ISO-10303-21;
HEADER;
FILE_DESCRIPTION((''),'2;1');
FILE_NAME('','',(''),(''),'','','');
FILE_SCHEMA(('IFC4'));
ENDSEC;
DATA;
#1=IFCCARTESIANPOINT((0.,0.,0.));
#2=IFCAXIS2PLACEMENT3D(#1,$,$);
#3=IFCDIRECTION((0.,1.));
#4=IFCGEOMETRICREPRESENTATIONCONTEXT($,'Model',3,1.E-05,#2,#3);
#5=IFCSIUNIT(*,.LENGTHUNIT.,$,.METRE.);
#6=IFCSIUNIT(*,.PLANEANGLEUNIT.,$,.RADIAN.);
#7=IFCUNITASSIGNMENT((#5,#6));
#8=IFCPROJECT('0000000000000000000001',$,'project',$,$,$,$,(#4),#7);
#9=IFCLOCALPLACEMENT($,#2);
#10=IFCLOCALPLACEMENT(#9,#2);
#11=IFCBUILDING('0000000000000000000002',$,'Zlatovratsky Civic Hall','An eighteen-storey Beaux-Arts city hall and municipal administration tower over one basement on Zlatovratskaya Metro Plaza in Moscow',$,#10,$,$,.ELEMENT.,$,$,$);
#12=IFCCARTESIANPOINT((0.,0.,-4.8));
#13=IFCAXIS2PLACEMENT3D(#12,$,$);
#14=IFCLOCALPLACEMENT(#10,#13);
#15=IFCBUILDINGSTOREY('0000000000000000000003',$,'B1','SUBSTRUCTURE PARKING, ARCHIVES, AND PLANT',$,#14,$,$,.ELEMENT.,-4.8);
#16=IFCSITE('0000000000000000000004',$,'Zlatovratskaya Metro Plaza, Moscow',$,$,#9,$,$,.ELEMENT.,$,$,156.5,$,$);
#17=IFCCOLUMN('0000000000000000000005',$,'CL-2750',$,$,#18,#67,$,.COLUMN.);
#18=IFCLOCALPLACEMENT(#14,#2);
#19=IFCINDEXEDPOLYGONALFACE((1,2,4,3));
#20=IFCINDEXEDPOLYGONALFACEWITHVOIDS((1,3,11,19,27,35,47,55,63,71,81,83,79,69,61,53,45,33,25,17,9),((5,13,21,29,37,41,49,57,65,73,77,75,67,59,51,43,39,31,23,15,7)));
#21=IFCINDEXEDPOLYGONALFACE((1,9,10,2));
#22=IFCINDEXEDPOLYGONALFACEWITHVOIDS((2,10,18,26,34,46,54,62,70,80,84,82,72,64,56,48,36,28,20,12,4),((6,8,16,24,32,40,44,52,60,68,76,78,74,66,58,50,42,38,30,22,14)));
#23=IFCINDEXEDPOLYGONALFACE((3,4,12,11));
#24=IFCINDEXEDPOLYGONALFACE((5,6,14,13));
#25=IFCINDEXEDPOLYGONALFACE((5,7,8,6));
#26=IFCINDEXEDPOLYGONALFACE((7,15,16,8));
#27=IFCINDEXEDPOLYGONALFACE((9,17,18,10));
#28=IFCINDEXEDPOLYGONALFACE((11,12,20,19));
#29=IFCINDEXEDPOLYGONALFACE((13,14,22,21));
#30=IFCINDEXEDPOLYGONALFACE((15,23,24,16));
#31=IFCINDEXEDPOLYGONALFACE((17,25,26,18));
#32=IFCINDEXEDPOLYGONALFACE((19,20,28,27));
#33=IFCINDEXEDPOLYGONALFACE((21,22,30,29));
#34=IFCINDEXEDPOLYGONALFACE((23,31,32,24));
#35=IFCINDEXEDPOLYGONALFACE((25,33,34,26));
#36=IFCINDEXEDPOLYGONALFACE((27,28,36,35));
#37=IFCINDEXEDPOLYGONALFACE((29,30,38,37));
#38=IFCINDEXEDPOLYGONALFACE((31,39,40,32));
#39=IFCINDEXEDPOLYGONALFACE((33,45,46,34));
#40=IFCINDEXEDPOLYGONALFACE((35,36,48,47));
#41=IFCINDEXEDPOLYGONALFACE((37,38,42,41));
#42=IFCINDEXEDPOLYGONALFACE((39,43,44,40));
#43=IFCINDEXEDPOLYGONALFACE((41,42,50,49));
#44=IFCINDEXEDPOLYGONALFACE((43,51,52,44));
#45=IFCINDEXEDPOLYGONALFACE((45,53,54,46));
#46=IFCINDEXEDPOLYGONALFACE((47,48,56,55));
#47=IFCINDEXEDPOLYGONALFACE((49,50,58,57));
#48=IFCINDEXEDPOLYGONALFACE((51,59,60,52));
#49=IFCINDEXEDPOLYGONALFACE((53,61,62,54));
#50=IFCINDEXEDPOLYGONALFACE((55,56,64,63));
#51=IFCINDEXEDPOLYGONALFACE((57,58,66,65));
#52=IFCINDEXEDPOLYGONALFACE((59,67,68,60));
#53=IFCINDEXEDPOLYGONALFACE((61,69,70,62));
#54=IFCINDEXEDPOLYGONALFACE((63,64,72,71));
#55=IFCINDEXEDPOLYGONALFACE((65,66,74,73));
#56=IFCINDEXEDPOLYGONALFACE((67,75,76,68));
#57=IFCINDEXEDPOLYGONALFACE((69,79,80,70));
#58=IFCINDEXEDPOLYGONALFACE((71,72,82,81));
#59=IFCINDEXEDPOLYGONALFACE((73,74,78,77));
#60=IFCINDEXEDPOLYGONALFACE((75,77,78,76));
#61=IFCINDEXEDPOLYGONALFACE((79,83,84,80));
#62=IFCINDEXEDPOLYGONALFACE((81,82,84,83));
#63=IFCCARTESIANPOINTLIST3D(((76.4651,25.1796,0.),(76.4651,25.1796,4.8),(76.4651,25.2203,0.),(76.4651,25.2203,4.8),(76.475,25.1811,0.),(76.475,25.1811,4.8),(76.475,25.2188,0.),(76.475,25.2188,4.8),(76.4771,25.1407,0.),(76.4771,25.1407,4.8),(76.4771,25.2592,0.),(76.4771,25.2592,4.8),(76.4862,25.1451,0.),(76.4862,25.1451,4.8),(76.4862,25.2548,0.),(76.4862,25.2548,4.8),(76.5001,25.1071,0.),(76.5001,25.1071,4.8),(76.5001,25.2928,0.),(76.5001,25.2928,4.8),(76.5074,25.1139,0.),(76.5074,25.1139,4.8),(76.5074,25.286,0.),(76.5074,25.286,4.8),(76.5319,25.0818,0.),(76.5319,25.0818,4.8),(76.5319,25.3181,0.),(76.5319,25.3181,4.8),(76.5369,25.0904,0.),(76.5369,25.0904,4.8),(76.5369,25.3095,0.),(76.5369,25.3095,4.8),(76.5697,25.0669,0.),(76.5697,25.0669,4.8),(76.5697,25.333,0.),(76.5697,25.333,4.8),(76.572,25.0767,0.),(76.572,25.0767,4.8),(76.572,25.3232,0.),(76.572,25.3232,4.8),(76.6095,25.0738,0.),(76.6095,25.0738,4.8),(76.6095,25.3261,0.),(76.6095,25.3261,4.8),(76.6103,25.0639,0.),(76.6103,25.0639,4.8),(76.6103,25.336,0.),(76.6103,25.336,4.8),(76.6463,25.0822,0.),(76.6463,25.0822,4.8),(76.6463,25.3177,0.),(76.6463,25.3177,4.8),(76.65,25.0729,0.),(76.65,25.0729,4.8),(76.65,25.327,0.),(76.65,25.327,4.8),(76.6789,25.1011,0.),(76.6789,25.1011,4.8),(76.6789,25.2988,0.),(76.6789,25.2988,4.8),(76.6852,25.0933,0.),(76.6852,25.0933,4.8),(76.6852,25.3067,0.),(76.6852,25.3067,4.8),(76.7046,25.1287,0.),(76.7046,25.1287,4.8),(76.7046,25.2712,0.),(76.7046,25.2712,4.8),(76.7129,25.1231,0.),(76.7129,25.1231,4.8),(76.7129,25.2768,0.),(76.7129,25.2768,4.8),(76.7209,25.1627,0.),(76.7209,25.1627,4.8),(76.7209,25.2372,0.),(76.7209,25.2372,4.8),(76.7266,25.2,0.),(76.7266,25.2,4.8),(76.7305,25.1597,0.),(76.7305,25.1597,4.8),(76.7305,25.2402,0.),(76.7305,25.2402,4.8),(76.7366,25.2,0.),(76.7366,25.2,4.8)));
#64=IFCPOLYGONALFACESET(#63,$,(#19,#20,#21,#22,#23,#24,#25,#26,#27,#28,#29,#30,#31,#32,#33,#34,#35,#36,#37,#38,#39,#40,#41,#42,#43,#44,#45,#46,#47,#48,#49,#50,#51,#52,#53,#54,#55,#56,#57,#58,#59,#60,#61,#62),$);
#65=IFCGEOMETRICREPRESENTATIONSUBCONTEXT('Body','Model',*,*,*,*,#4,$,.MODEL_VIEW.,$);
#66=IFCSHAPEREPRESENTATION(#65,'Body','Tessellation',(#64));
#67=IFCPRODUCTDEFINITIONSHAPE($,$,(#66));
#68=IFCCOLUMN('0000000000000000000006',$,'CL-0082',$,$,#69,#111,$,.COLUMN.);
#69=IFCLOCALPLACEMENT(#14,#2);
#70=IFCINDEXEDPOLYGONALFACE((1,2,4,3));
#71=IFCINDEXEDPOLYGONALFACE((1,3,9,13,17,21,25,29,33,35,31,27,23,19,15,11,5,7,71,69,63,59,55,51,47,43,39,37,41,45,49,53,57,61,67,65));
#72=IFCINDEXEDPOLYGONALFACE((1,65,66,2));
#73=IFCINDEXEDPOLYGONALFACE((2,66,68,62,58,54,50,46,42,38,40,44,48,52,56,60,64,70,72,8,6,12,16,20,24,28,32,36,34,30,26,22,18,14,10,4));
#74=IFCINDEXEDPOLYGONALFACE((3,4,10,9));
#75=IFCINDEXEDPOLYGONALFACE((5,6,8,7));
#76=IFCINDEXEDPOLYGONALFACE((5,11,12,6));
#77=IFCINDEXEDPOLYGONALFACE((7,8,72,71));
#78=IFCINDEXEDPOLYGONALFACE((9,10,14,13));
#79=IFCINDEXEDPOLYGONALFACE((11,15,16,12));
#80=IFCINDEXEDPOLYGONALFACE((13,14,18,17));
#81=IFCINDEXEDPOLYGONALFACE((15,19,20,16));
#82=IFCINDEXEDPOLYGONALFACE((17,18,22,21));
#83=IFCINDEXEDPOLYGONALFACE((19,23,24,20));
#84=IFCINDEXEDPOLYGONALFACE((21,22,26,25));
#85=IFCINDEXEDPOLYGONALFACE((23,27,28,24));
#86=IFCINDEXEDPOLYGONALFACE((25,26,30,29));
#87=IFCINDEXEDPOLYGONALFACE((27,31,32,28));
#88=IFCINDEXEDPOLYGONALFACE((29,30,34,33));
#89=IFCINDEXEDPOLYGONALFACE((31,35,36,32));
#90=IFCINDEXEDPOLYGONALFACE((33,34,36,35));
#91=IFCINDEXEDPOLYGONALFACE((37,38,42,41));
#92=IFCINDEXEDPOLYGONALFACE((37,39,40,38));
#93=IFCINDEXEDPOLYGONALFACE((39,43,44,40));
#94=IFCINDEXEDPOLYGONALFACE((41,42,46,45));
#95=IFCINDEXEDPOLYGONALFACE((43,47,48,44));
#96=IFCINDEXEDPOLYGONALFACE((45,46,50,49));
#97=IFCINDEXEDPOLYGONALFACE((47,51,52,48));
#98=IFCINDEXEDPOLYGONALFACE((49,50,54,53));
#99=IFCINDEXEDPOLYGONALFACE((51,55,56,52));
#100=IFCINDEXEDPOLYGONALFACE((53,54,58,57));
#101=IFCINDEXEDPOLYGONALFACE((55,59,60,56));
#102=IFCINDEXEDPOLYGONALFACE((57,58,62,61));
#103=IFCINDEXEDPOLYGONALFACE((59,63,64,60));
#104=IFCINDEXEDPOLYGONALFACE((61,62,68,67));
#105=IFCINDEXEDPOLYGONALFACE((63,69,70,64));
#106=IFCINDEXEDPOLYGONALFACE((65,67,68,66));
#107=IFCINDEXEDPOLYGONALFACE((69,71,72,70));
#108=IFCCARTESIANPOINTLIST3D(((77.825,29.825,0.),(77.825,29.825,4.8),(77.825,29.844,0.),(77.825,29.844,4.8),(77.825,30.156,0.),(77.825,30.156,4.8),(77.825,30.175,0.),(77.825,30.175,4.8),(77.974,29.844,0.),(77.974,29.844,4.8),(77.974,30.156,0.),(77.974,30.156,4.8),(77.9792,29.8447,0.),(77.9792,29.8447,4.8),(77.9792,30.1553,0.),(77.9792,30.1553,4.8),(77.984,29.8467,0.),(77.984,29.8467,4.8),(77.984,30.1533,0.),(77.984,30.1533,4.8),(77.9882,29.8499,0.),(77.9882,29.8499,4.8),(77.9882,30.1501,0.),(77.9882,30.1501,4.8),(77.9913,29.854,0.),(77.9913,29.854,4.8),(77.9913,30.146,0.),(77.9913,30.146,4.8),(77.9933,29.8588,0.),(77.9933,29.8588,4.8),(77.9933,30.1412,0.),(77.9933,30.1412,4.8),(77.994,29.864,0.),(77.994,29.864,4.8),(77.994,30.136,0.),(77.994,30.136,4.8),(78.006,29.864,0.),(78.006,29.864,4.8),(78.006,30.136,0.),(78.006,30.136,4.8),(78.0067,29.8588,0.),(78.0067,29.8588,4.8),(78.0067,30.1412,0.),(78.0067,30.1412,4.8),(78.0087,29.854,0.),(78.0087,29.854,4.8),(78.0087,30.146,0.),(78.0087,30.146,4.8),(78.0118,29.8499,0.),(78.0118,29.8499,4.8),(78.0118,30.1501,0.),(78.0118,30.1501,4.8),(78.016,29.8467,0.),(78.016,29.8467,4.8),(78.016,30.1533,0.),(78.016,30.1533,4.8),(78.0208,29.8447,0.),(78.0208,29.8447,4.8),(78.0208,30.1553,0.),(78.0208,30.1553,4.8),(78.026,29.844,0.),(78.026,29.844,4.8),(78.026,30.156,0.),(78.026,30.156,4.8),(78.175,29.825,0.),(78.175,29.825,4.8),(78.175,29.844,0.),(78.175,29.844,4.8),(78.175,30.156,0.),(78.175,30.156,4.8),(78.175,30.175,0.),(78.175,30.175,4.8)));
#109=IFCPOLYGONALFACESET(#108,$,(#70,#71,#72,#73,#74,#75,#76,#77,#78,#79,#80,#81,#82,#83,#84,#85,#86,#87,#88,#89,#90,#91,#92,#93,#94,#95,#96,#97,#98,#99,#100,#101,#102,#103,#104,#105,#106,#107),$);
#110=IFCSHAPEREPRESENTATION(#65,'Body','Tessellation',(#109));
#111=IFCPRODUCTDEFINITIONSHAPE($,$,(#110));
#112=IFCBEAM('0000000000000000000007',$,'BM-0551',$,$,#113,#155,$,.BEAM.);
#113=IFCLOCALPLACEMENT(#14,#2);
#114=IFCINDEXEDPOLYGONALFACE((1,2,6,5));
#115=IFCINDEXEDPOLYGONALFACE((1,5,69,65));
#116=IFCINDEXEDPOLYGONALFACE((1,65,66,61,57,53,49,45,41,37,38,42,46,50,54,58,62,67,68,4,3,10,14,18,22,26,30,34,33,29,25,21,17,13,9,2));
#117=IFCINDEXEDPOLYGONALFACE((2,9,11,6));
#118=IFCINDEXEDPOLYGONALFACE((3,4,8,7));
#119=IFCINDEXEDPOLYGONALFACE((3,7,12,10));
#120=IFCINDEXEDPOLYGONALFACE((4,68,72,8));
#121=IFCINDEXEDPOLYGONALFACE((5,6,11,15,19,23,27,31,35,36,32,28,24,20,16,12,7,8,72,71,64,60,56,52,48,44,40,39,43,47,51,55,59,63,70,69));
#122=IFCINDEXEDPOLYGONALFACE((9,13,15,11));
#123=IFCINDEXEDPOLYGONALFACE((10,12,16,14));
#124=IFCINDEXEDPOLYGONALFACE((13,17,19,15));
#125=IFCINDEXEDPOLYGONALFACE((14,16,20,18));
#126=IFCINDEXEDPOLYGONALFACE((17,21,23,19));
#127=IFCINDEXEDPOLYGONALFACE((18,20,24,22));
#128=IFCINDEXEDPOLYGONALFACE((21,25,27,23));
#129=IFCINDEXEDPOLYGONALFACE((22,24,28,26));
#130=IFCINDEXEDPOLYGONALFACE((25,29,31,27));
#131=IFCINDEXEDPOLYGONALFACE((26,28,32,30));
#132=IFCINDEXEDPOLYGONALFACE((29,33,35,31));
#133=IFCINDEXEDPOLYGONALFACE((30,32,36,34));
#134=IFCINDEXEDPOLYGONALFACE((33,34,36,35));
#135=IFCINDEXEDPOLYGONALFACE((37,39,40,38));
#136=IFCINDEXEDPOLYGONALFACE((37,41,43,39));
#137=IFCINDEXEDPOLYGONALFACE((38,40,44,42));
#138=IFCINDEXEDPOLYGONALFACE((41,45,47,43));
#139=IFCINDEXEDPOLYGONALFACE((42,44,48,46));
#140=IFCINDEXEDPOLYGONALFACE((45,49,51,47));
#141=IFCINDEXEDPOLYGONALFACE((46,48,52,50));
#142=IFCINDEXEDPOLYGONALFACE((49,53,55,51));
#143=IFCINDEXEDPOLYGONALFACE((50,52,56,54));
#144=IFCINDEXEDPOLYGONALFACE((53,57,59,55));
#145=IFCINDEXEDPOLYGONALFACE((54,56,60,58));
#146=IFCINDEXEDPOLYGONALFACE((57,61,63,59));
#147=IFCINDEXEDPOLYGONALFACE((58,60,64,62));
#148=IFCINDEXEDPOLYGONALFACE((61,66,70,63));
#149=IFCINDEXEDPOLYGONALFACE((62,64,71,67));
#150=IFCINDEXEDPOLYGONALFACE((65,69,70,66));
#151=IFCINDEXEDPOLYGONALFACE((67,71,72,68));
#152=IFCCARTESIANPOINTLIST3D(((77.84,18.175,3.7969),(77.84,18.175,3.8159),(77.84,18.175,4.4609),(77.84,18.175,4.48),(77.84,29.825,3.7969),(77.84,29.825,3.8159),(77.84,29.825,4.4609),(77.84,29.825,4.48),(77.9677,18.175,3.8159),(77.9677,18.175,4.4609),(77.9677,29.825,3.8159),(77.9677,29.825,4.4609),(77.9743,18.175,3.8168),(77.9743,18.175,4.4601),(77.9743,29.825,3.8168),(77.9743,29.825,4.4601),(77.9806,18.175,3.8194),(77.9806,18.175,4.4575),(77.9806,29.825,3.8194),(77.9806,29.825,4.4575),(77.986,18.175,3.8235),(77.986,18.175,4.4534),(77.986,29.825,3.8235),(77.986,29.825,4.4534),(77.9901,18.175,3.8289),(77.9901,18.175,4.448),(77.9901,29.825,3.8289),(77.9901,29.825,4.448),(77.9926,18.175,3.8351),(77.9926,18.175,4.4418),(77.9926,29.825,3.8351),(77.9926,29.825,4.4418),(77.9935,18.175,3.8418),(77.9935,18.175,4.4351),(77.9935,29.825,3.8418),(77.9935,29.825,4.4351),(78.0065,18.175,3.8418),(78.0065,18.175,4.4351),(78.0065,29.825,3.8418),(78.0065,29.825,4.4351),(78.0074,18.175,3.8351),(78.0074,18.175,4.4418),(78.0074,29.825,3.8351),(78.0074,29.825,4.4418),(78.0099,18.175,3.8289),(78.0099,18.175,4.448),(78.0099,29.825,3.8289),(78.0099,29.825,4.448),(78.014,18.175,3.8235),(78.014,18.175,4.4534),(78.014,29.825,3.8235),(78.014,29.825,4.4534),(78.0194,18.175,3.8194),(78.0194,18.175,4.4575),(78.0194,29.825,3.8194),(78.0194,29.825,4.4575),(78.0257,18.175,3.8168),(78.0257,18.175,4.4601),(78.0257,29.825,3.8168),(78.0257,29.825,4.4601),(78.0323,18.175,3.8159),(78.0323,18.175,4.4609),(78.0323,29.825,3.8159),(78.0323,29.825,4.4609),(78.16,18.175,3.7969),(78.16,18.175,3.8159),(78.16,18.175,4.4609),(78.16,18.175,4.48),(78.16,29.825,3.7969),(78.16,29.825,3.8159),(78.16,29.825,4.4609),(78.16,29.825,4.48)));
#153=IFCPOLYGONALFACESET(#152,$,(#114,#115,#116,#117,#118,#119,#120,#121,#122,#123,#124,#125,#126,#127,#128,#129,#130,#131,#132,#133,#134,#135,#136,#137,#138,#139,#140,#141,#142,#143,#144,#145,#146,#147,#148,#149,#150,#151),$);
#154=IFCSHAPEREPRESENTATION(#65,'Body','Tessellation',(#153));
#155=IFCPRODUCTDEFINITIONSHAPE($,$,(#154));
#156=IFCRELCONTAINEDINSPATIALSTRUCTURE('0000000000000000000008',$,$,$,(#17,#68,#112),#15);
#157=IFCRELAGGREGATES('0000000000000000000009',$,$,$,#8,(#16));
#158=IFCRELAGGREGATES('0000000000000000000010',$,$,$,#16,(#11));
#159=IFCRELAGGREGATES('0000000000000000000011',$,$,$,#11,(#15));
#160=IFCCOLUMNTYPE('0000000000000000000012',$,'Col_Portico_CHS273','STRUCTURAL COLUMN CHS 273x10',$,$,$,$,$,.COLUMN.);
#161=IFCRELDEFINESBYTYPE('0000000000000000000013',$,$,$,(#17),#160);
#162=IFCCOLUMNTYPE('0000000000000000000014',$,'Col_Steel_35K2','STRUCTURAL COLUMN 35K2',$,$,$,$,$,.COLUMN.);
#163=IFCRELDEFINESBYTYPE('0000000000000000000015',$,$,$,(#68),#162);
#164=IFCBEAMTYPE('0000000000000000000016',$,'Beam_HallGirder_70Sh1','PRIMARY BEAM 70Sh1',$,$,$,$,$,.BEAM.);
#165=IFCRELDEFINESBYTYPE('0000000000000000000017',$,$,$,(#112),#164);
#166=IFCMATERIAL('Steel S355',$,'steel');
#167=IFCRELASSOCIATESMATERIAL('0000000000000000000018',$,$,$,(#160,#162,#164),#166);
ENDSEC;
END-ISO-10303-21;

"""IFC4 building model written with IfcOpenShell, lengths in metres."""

from ifc_helpers import new_model, si_unit, direction, frame, origin, origin_2d, place, context, subcontext, project, spatial, hollow_circle, i_section, extrude, material, material_profile, profile_set, type_object, element, save


model = new_model("IFC4")

# Units and contexts
model_context = context("Model", 3, precision=1e-05, world=origin(), true_north=direction((0.0, 1.0)))
body_context = subcontext(model_context, "Body", "Model", "MODEL_VIEW")
ifc_project = project(units=[si_unit("LENGTHUNIT", "METRE"), si_unit("PLANEANGLEUNIT", "RADIAN")], contexts=[model_context])

# Site, building, storey
site_placement = place(None, origin())
site = spatial("IfcSite", under=ifc_project, at=site_placement, Name="Zlatovratskaya Metro Plaza, Moscow", CompositionType="ELEMENT", RefElevation=156.5)
building_placement = place(site_placement, origin())
building = spatial("IfcBuilding", under=site, at=building_placement, Name="Zlatovratsky Civic Hall", Description="An eighteen-storey Beaux-Arts city hall and municipal administration tower over one basement on Zlatovratskaya Metro Plaza in Moscow", CompositionType="ELEMENT")
storey_placement = place(building_placement, frame((0.0, 0.0, -4.8)))
storey = spatial("IfcBuildingStorey", under=building, at=storey_placement, Name="B1", Description="SUBSTRUCTURE PARKING, ARCHIVES, AND PLANT", CompositionType="ELEMENT", Elevation=-4.8)

# Columns
ifc_material_1 = material(Name="Steel S355", Category="steel")
ifc_material_profile_1 = material_profile(ifc_material_1, hollow_circle(Radius=0.1365, WallThickness=0.01, at=origin_2d()), Name="CHS 273x10")
ifc_profile_set_1 = profile_set([ifc_material_profile_1], Name="Steel S355")
column_type_1 = type_object("IfcColumnType", Name="Col_Portico_CHS273", Description="STRUCTURAL COLUMN CHS 273x10", PredefinedType="COLUMN", material=ifc_profile_set_1)
for number, where, z_axis, x_axis, name in (
    (1, (76.6001, 25.2, 0.0), (0.0, 0.0, 1.0), (1.0, 0.0, 0.0), "CL-2750"),
):
    element("IfcColumn", number, at=place(storey_placement, frame(where, z_axis=z_axis, x_axis=x_axis)), inside=storey, type_object=column_type_1, Name=name, PredefinedType="COLUMN", context=body_context, shape_type="SweptSolid", body=[
        extrude(hollow_circle(Radius=0.1365, WallThickness=0.01, at=origin_2d()), origin(), (0.0, 0.0, 1.0), 4.8),
    ])
ifc_material_profile_2 = material_profile(ifc_material_1, i_section(OverallWidth=0.3501, OverallDepth=0.3501, WebThickness=0.012, FlangeThickness=0.019, FilletRadius=0.02, at=origin_2d()), Name="35K2")
ifc_profile_set_2 = profile_set([ifc_material_profile_2], Name="Steel S355")
column_type_2 = type_object("IfcColumnType", Name="Col_Steel_35K2", Description="STRUCTURAL COLUMN 35K2", PredefinedType="COLUMN", material=ifc_profile_set_2)
column_placement = place(storey_placement, frame((78.0, 30.0, 0.0), z_axis=(0.0, 0.0, 1.0), x_axis=(1.0, 0.0, 0.0)))
element("IfcColumn", 2, at=column_placement, inside=storey, type_object=column_type_2, Name="CL-0082", PredefinedType="COLUMN", context=body_context, shape_type="SweptSolid", body=[
    extrude(i_section(OverallWidth=0.3501, OverallDepth=0.3501, WebThickness=0.012, FlangeThickness=0.019, FilletRadius=0.02, at=origin_2d()), origin(), (0.0, 0.0, 1.0), 4.8),
])

# Beam
ifc_material_profile_3 = material_profile(ifc_material_1, i_section(OverallWidth=0.3201, OverallDepth=0.6831, WebThickness=0.0129, FlangeThickness=0.019, FilletRadius=0.0259, at=origin_2d()), Name="70Sh1")
ifc_profile_set_3 = profile_set([ifc_material_profile_3], Name="Steel S355")
beam_type_1 = type_object("IfcBeamType", Name="Beam_HallGirder_70Sh1", Description="PRIMARY BEAM 70Sh1", PredefinedType="BEAM", material=ifc_profile_set_3)
beam_placement = place(storey_placement, frame((78.0, 18.175, 4.1384), z_axis=(0.0, 1.0, 0.0), x_axis=(-1.0, 0.0, 0.0)))
element("IfcBeam", 3, at=beam_placement, inside=storey, type_object=beam_type_1, Name="BM-0551", PredefinedType="BEAM", context=body_context, shape_type="SweptSolid", body=[
    extrude(i_section(OverallWidth=0.3201, OverallDepth=0.6831, WebThickness=0.0129, FlangeThickness=0.019, FilletRadius=0.0259, at=origin_2d()), origin(), (0.0, 0.0, 1.0), 11.6499),
])

save(model, "model.ifc")
